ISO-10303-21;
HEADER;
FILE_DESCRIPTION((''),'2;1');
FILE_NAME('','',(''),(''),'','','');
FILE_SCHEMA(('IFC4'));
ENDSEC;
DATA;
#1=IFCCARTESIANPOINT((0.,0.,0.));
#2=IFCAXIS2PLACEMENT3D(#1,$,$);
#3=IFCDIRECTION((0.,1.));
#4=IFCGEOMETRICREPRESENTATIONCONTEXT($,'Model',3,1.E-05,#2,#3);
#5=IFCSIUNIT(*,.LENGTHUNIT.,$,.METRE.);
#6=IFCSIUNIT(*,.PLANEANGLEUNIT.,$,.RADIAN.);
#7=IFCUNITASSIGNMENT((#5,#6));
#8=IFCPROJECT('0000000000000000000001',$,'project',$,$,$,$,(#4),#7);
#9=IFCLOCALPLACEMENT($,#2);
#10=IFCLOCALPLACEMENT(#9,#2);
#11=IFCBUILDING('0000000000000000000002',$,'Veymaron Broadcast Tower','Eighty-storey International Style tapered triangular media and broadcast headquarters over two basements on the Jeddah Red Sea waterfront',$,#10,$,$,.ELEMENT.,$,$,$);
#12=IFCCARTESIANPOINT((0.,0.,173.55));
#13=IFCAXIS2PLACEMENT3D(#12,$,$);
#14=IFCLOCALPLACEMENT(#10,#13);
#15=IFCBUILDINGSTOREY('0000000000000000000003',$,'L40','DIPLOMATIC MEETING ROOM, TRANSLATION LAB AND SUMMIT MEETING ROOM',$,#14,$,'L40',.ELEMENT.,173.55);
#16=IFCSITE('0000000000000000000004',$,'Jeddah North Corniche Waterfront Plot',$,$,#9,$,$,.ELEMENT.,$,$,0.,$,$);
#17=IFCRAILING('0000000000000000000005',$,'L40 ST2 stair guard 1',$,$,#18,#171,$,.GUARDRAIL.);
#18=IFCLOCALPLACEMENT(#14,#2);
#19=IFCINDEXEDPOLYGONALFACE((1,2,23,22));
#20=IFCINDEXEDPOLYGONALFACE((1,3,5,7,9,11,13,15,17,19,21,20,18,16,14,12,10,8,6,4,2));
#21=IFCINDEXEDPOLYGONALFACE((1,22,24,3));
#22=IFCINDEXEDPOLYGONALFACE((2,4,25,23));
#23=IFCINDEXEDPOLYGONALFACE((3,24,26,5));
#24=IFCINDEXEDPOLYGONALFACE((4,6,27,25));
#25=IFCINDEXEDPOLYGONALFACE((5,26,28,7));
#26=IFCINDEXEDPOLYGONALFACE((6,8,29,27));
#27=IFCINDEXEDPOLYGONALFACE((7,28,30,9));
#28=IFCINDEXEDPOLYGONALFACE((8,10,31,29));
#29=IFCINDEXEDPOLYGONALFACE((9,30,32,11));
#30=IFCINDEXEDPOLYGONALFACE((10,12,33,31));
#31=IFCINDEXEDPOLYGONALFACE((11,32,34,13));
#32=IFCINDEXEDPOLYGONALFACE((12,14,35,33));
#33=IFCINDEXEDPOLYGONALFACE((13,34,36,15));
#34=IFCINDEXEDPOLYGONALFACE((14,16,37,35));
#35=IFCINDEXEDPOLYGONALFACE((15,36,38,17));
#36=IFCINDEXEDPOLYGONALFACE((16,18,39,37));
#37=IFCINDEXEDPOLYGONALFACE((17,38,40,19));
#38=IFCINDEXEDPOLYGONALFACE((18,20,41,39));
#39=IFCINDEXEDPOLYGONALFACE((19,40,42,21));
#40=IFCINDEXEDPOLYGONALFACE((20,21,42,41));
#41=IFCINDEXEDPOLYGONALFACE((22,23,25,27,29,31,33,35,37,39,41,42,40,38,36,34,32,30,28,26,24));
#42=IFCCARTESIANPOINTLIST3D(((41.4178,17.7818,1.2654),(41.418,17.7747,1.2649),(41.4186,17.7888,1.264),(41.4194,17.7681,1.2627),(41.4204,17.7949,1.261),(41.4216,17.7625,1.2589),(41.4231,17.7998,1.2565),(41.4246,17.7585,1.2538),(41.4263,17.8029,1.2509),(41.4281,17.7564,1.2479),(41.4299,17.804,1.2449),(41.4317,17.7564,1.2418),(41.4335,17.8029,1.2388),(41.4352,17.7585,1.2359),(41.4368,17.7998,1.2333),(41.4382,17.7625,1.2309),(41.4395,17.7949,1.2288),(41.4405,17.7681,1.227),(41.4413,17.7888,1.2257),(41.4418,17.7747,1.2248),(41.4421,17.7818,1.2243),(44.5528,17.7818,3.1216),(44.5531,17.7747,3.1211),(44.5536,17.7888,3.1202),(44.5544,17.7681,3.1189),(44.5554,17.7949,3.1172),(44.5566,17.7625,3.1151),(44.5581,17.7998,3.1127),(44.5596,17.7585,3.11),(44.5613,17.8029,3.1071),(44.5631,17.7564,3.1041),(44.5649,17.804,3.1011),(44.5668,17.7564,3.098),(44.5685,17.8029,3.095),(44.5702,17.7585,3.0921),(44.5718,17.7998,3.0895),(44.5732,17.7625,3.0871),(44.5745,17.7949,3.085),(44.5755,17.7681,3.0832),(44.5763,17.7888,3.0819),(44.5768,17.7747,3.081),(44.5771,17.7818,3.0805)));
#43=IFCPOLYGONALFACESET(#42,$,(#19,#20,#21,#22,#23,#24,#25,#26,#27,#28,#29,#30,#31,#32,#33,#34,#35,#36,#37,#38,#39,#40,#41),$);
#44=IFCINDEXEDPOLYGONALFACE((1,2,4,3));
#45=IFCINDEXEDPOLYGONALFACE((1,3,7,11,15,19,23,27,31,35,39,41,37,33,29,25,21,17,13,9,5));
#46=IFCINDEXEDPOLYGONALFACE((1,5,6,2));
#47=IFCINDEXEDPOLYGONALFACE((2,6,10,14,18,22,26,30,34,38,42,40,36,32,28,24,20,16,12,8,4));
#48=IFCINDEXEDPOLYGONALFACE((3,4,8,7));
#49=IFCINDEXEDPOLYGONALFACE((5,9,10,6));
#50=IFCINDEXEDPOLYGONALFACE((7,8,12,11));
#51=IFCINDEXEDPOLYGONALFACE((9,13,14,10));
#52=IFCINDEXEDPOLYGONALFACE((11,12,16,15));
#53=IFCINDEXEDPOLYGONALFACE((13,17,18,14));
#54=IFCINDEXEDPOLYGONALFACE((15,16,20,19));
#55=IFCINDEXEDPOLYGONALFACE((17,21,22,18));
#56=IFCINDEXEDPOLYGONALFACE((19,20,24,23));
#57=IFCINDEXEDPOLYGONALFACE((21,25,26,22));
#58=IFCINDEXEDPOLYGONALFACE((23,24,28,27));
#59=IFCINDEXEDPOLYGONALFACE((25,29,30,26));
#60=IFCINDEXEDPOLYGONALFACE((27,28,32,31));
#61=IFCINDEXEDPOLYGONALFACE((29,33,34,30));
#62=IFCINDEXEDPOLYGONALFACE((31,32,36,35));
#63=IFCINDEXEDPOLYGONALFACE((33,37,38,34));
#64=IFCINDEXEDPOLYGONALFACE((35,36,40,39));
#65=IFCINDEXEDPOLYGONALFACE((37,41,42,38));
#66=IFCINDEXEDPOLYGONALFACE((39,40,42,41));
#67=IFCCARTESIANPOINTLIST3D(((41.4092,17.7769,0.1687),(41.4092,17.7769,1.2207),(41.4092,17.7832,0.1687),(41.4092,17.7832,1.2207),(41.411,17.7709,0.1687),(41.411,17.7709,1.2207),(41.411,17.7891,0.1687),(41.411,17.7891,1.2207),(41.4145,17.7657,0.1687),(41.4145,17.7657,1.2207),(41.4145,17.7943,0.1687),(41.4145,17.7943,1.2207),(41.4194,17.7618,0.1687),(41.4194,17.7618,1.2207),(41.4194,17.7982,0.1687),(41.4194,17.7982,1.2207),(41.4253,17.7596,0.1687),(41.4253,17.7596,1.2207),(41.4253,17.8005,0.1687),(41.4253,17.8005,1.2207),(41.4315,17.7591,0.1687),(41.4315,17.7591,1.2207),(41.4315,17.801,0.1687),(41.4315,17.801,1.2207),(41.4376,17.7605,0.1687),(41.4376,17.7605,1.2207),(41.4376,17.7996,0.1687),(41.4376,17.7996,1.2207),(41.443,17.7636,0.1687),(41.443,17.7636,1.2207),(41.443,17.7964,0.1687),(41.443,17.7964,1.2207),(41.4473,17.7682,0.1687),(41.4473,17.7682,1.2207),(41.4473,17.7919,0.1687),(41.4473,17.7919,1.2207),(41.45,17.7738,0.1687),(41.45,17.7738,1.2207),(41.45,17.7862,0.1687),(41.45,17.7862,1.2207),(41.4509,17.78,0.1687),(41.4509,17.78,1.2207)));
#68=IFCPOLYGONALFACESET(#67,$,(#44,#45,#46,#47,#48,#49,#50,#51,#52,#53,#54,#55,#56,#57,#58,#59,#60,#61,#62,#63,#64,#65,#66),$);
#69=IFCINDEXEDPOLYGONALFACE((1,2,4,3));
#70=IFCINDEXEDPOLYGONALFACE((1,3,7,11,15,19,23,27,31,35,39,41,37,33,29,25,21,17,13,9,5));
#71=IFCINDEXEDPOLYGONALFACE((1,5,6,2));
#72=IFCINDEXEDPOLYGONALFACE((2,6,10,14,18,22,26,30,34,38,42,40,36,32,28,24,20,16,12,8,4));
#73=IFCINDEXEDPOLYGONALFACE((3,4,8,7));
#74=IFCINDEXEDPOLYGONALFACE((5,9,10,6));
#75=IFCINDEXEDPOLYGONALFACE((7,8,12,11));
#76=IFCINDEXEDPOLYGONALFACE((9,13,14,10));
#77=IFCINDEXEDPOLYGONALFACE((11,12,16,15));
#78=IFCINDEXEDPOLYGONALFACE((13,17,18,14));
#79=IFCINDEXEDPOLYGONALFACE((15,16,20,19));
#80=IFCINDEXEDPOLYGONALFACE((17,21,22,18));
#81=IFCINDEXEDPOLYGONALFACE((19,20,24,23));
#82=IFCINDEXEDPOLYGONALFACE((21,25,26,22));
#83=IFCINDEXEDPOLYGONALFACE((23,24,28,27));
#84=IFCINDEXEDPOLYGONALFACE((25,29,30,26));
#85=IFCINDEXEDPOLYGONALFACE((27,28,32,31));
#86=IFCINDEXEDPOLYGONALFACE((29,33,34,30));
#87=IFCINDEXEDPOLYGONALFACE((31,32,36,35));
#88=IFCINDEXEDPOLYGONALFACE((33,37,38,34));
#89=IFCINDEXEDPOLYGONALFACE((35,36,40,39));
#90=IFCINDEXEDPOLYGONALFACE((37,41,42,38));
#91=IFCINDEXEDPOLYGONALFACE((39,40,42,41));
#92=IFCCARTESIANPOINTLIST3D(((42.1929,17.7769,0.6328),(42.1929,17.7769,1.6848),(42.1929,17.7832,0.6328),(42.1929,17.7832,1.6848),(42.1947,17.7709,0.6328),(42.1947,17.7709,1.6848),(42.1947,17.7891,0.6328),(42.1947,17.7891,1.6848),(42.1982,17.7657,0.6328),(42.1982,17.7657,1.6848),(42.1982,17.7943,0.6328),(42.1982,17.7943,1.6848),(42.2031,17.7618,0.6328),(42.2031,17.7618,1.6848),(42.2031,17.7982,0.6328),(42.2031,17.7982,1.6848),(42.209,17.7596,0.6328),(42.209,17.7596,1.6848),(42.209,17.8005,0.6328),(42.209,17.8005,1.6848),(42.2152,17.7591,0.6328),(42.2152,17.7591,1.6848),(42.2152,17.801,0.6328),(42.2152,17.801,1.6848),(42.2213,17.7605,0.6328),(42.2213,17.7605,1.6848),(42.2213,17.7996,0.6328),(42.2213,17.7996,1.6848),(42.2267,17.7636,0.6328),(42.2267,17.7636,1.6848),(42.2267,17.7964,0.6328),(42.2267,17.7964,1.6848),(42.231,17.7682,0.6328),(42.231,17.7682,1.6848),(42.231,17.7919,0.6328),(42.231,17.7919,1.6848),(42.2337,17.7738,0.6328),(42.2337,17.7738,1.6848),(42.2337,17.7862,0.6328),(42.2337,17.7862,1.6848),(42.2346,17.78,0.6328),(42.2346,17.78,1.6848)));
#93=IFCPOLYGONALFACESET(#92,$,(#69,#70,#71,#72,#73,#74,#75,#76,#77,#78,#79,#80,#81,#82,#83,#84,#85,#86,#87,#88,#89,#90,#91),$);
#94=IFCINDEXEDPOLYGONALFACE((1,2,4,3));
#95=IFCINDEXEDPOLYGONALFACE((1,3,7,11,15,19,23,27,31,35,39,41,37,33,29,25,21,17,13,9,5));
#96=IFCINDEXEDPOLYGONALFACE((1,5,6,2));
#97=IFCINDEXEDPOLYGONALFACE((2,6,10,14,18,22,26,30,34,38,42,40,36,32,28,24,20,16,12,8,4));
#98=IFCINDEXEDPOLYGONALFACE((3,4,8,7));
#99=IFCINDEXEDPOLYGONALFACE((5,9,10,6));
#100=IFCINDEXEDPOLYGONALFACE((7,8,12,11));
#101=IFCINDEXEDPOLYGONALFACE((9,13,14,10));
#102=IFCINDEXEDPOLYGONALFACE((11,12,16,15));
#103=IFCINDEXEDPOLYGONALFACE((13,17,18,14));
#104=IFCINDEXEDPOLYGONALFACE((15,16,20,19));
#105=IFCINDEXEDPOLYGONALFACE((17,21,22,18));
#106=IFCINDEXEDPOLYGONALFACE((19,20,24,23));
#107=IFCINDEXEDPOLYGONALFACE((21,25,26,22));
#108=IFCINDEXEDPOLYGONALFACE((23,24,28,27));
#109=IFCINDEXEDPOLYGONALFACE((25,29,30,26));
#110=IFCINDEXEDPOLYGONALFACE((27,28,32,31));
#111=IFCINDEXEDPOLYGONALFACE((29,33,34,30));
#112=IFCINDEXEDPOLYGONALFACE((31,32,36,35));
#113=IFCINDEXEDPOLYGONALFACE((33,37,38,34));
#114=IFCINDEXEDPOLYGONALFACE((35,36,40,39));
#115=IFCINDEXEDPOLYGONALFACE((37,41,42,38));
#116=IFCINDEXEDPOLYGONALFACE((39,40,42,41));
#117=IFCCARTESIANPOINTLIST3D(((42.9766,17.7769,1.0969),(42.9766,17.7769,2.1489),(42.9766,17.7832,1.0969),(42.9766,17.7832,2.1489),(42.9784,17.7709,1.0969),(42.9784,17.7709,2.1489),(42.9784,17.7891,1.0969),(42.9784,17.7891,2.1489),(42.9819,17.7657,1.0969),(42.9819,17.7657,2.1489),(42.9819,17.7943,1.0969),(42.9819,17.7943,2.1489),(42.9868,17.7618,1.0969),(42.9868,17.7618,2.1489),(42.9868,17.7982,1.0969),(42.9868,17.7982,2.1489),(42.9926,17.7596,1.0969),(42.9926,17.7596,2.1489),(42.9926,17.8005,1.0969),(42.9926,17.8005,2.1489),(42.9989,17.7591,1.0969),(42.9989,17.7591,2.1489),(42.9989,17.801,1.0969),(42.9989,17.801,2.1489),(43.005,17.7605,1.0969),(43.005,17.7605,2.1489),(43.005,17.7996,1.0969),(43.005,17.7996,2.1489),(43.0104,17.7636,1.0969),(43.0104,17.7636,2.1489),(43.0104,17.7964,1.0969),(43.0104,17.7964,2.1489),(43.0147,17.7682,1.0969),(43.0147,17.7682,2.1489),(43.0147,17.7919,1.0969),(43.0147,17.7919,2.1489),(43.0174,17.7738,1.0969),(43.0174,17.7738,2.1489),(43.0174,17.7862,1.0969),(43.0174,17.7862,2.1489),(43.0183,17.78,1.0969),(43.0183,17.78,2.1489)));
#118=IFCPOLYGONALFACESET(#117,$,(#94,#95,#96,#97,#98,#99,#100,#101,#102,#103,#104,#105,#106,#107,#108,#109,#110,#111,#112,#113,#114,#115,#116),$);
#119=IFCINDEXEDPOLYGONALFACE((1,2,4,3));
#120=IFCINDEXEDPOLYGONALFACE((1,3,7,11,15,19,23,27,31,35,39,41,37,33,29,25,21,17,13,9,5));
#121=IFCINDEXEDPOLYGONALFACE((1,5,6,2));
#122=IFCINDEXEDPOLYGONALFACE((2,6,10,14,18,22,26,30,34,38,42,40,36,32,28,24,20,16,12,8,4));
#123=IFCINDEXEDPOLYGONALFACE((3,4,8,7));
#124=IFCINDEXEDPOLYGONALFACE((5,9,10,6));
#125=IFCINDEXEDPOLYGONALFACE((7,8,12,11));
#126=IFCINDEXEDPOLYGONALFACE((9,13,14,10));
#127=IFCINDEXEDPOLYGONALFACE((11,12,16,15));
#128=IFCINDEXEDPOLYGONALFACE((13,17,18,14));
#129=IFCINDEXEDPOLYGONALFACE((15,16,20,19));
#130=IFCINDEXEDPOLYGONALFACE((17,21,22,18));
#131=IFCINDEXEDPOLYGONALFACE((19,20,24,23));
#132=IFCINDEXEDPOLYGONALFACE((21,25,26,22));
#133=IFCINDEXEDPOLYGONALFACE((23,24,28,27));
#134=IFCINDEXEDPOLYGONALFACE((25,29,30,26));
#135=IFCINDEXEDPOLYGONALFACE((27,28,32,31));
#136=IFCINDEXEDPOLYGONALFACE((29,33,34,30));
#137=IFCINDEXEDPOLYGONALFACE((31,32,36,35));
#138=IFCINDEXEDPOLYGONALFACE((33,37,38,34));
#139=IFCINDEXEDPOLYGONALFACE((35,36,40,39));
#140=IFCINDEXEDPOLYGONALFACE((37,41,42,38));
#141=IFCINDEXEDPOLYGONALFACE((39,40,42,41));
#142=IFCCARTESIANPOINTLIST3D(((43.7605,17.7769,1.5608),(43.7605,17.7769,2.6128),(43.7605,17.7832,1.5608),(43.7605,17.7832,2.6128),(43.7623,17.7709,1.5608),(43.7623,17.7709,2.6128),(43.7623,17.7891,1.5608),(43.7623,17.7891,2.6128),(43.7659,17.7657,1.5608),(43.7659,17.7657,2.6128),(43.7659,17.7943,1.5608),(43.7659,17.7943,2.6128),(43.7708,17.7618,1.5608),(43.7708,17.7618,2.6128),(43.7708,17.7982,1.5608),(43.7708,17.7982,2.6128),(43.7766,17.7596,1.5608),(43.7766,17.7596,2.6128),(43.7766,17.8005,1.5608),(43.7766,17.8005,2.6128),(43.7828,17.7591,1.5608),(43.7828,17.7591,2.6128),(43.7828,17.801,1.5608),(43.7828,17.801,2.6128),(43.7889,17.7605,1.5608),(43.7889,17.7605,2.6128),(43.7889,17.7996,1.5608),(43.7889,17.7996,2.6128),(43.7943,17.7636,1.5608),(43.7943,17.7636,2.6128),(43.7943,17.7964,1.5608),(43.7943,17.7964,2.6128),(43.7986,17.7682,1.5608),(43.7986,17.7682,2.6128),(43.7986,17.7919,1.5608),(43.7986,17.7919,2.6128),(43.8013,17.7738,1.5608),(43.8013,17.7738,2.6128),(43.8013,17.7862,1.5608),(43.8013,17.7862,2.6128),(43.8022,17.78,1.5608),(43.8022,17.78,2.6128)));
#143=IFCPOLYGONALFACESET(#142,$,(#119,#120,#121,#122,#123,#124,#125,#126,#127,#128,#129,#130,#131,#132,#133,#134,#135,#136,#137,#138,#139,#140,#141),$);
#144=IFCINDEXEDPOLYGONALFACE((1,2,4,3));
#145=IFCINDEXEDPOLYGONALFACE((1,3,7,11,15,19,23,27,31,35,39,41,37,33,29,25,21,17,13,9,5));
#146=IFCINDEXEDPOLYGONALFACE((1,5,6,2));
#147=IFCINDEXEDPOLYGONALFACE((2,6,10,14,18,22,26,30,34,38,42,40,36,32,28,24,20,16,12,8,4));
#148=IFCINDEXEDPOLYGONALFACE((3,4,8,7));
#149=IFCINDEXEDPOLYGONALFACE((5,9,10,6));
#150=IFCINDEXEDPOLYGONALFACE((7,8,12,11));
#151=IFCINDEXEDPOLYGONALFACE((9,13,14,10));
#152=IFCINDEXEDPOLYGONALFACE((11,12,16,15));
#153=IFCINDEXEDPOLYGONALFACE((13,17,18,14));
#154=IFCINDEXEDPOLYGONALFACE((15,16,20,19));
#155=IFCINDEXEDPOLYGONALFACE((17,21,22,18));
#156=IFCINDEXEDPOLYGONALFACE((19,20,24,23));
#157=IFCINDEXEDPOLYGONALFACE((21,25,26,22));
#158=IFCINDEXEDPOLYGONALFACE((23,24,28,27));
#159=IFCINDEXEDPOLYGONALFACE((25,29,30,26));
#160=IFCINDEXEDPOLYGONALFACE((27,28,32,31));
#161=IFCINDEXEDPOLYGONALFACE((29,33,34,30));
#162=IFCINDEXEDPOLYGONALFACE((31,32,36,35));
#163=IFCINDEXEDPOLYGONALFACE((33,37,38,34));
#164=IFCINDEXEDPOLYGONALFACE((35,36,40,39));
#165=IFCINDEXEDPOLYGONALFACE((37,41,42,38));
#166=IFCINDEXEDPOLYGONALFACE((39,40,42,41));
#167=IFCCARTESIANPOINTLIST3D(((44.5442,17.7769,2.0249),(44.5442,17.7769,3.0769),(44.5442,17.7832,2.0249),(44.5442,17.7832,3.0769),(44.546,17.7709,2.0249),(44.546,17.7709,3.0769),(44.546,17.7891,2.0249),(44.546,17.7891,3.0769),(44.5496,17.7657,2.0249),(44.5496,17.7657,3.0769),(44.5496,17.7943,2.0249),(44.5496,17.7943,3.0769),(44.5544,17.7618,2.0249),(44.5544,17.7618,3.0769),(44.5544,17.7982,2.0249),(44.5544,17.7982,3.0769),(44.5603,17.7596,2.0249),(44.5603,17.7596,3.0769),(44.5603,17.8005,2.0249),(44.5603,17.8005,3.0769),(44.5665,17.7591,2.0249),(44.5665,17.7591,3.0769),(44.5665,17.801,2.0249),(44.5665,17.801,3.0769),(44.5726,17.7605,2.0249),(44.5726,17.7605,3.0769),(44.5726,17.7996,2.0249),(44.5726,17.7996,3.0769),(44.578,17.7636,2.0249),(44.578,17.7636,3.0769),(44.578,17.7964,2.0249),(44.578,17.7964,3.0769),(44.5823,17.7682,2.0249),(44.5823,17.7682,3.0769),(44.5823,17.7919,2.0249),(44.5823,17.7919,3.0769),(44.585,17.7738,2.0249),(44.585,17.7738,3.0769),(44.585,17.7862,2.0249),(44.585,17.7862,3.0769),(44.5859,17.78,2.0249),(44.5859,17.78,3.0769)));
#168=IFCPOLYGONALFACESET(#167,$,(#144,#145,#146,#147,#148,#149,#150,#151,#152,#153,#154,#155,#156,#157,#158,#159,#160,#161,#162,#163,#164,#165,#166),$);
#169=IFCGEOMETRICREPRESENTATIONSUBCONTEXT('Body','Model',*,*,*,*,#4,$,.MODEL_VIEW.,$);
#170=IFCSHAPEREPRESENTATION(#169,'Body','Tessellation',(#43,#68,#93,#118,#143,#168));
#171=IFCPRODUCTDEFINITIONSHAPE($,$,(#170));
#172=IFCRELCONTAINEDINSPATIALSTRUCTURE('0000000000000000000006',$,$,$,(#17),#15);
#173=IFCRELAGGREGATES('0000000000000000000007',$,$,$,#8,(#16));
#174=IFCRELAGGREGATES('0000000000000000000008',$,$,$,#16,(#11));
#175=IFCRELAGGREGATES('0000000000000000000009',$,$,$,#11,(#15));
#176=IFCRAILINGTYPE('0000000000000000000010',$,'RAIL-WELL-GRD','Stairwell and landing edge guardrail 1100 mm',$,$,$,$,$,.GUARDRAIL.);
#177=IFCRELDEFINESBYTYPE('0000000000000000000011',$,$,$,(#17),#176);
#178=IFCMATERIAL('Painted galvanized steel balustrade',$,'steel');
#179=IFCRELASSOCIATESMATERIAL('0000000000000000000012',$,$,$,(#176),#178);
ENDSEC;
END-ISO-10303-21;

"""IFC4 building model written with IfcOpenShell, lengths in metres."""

from ifc_helpers import new_model, si_unit, direction, frame, origin, origin_2d, place, context, subcontext, project, spatial, circle, extrude, material, type_object, element, save


model = new_model("IFC4")

# Units and contexts
model_context = context("Model", 3, precision=1e-05, world=origin(), true_north=direction((0.0, 1.0)))
body_context = subcontext(model_context, "Body", "Model", "MODEL_VIEW")
ifc_project = project(units=[si_unit("LENGTHUNIT", "METRE"), si_unit("PLANEANGLEUNIT", "RADIAN")], contexts=[model_context])

# Site, building, storey
site_placement = place(None, origin())
site = spatial("IfcSite", under=ifc_project, at=site_placement, Name="Jeddah North Corniche Waterfront Plot", CompositionType="ELEMENT", RefElevation=0.0)
building_placement = place(site_placement, origin())
building = spatial("IfcBuilding", under=site, at=building_placement, Name="Veymaron Broadcast Tower", Description="Eighty-storey International Style tapered triangular media and broadcast headquarters over two basements on the Jeddah Red Sea waterfront", CompositionType="ELEMENT")
storey_placement = place(building_placement, frame((0.0, 0.0, 173.55)))
storey = spatial("IfcBuildingStorey", under=building, at=storey_placement, Name="L40", Description="DIPLOMATIC MEETING ROOM, TRANSLATION LAB AND SUMMIT MEETING ROOM", LongName="L40", CompositionType="ELEMENT", Elevation=173.55)

# Railing
ifc_material_1 = material(Name="Painted galvanized steel balustrade", Category="steel")
railing_type_1 = type_object("IfcRailingType", Name="RAIL-WELL-GRD", Description="Stairwell and landing edge guardrail 1100 mm", PredefinedType="GUARDRAIL", material=ifc_material_1)
railing_1_placement = place(storey_placement, frame((41.4299, 17.78, 0.1687)))
element("IfcRailing", 1, at=railing_1_placement, inside=storey, type_object=railing_type_1, Name="L40 ST2 stair guard 1", PredefinedType="GUARDRAIL", context=body_context, shape_type="SweptSolid", body=[
    extrude(circle(Radius=0.0239, at=origin_2d()), frame((0.0, 0.0, 1.0762), z_axis=(0.860482, 0.0, 0.509481), x_axis=(0.0, 1.0, 0.0)), (0.0, 0.0, 1.0), 3.6433),
    extrude(circle(Radius=0.021, at=origin_2d()), origin(), (0.0, 0.0, 1.0), 1.052),
    extrude(circle(Radius=0.021, at=origin_2d()), frame((0.7837, 0.0, 0.4641)), (0.0, 0.0, 1.0), 1.052),
    extrude(circle(Radius=0.021, at=origin_2d()), frame((1.5674, 0.0, 0.9282)), (0.0, 0.0, 1.0), 1.052),
    extrude(circle(Radius=0.021, at=origin_2d()), frame((2.3513, 0.0, 1.3921)), (0.0, 0.0, 1.0), 1.052),
    extrude(circle(Radius=0.021, at=origin_2d()), frame((3.135, 0.0, 1.8562)), (0.0, 0.0, 1.0), 1.052),
])

save(model, "model.ifc")
